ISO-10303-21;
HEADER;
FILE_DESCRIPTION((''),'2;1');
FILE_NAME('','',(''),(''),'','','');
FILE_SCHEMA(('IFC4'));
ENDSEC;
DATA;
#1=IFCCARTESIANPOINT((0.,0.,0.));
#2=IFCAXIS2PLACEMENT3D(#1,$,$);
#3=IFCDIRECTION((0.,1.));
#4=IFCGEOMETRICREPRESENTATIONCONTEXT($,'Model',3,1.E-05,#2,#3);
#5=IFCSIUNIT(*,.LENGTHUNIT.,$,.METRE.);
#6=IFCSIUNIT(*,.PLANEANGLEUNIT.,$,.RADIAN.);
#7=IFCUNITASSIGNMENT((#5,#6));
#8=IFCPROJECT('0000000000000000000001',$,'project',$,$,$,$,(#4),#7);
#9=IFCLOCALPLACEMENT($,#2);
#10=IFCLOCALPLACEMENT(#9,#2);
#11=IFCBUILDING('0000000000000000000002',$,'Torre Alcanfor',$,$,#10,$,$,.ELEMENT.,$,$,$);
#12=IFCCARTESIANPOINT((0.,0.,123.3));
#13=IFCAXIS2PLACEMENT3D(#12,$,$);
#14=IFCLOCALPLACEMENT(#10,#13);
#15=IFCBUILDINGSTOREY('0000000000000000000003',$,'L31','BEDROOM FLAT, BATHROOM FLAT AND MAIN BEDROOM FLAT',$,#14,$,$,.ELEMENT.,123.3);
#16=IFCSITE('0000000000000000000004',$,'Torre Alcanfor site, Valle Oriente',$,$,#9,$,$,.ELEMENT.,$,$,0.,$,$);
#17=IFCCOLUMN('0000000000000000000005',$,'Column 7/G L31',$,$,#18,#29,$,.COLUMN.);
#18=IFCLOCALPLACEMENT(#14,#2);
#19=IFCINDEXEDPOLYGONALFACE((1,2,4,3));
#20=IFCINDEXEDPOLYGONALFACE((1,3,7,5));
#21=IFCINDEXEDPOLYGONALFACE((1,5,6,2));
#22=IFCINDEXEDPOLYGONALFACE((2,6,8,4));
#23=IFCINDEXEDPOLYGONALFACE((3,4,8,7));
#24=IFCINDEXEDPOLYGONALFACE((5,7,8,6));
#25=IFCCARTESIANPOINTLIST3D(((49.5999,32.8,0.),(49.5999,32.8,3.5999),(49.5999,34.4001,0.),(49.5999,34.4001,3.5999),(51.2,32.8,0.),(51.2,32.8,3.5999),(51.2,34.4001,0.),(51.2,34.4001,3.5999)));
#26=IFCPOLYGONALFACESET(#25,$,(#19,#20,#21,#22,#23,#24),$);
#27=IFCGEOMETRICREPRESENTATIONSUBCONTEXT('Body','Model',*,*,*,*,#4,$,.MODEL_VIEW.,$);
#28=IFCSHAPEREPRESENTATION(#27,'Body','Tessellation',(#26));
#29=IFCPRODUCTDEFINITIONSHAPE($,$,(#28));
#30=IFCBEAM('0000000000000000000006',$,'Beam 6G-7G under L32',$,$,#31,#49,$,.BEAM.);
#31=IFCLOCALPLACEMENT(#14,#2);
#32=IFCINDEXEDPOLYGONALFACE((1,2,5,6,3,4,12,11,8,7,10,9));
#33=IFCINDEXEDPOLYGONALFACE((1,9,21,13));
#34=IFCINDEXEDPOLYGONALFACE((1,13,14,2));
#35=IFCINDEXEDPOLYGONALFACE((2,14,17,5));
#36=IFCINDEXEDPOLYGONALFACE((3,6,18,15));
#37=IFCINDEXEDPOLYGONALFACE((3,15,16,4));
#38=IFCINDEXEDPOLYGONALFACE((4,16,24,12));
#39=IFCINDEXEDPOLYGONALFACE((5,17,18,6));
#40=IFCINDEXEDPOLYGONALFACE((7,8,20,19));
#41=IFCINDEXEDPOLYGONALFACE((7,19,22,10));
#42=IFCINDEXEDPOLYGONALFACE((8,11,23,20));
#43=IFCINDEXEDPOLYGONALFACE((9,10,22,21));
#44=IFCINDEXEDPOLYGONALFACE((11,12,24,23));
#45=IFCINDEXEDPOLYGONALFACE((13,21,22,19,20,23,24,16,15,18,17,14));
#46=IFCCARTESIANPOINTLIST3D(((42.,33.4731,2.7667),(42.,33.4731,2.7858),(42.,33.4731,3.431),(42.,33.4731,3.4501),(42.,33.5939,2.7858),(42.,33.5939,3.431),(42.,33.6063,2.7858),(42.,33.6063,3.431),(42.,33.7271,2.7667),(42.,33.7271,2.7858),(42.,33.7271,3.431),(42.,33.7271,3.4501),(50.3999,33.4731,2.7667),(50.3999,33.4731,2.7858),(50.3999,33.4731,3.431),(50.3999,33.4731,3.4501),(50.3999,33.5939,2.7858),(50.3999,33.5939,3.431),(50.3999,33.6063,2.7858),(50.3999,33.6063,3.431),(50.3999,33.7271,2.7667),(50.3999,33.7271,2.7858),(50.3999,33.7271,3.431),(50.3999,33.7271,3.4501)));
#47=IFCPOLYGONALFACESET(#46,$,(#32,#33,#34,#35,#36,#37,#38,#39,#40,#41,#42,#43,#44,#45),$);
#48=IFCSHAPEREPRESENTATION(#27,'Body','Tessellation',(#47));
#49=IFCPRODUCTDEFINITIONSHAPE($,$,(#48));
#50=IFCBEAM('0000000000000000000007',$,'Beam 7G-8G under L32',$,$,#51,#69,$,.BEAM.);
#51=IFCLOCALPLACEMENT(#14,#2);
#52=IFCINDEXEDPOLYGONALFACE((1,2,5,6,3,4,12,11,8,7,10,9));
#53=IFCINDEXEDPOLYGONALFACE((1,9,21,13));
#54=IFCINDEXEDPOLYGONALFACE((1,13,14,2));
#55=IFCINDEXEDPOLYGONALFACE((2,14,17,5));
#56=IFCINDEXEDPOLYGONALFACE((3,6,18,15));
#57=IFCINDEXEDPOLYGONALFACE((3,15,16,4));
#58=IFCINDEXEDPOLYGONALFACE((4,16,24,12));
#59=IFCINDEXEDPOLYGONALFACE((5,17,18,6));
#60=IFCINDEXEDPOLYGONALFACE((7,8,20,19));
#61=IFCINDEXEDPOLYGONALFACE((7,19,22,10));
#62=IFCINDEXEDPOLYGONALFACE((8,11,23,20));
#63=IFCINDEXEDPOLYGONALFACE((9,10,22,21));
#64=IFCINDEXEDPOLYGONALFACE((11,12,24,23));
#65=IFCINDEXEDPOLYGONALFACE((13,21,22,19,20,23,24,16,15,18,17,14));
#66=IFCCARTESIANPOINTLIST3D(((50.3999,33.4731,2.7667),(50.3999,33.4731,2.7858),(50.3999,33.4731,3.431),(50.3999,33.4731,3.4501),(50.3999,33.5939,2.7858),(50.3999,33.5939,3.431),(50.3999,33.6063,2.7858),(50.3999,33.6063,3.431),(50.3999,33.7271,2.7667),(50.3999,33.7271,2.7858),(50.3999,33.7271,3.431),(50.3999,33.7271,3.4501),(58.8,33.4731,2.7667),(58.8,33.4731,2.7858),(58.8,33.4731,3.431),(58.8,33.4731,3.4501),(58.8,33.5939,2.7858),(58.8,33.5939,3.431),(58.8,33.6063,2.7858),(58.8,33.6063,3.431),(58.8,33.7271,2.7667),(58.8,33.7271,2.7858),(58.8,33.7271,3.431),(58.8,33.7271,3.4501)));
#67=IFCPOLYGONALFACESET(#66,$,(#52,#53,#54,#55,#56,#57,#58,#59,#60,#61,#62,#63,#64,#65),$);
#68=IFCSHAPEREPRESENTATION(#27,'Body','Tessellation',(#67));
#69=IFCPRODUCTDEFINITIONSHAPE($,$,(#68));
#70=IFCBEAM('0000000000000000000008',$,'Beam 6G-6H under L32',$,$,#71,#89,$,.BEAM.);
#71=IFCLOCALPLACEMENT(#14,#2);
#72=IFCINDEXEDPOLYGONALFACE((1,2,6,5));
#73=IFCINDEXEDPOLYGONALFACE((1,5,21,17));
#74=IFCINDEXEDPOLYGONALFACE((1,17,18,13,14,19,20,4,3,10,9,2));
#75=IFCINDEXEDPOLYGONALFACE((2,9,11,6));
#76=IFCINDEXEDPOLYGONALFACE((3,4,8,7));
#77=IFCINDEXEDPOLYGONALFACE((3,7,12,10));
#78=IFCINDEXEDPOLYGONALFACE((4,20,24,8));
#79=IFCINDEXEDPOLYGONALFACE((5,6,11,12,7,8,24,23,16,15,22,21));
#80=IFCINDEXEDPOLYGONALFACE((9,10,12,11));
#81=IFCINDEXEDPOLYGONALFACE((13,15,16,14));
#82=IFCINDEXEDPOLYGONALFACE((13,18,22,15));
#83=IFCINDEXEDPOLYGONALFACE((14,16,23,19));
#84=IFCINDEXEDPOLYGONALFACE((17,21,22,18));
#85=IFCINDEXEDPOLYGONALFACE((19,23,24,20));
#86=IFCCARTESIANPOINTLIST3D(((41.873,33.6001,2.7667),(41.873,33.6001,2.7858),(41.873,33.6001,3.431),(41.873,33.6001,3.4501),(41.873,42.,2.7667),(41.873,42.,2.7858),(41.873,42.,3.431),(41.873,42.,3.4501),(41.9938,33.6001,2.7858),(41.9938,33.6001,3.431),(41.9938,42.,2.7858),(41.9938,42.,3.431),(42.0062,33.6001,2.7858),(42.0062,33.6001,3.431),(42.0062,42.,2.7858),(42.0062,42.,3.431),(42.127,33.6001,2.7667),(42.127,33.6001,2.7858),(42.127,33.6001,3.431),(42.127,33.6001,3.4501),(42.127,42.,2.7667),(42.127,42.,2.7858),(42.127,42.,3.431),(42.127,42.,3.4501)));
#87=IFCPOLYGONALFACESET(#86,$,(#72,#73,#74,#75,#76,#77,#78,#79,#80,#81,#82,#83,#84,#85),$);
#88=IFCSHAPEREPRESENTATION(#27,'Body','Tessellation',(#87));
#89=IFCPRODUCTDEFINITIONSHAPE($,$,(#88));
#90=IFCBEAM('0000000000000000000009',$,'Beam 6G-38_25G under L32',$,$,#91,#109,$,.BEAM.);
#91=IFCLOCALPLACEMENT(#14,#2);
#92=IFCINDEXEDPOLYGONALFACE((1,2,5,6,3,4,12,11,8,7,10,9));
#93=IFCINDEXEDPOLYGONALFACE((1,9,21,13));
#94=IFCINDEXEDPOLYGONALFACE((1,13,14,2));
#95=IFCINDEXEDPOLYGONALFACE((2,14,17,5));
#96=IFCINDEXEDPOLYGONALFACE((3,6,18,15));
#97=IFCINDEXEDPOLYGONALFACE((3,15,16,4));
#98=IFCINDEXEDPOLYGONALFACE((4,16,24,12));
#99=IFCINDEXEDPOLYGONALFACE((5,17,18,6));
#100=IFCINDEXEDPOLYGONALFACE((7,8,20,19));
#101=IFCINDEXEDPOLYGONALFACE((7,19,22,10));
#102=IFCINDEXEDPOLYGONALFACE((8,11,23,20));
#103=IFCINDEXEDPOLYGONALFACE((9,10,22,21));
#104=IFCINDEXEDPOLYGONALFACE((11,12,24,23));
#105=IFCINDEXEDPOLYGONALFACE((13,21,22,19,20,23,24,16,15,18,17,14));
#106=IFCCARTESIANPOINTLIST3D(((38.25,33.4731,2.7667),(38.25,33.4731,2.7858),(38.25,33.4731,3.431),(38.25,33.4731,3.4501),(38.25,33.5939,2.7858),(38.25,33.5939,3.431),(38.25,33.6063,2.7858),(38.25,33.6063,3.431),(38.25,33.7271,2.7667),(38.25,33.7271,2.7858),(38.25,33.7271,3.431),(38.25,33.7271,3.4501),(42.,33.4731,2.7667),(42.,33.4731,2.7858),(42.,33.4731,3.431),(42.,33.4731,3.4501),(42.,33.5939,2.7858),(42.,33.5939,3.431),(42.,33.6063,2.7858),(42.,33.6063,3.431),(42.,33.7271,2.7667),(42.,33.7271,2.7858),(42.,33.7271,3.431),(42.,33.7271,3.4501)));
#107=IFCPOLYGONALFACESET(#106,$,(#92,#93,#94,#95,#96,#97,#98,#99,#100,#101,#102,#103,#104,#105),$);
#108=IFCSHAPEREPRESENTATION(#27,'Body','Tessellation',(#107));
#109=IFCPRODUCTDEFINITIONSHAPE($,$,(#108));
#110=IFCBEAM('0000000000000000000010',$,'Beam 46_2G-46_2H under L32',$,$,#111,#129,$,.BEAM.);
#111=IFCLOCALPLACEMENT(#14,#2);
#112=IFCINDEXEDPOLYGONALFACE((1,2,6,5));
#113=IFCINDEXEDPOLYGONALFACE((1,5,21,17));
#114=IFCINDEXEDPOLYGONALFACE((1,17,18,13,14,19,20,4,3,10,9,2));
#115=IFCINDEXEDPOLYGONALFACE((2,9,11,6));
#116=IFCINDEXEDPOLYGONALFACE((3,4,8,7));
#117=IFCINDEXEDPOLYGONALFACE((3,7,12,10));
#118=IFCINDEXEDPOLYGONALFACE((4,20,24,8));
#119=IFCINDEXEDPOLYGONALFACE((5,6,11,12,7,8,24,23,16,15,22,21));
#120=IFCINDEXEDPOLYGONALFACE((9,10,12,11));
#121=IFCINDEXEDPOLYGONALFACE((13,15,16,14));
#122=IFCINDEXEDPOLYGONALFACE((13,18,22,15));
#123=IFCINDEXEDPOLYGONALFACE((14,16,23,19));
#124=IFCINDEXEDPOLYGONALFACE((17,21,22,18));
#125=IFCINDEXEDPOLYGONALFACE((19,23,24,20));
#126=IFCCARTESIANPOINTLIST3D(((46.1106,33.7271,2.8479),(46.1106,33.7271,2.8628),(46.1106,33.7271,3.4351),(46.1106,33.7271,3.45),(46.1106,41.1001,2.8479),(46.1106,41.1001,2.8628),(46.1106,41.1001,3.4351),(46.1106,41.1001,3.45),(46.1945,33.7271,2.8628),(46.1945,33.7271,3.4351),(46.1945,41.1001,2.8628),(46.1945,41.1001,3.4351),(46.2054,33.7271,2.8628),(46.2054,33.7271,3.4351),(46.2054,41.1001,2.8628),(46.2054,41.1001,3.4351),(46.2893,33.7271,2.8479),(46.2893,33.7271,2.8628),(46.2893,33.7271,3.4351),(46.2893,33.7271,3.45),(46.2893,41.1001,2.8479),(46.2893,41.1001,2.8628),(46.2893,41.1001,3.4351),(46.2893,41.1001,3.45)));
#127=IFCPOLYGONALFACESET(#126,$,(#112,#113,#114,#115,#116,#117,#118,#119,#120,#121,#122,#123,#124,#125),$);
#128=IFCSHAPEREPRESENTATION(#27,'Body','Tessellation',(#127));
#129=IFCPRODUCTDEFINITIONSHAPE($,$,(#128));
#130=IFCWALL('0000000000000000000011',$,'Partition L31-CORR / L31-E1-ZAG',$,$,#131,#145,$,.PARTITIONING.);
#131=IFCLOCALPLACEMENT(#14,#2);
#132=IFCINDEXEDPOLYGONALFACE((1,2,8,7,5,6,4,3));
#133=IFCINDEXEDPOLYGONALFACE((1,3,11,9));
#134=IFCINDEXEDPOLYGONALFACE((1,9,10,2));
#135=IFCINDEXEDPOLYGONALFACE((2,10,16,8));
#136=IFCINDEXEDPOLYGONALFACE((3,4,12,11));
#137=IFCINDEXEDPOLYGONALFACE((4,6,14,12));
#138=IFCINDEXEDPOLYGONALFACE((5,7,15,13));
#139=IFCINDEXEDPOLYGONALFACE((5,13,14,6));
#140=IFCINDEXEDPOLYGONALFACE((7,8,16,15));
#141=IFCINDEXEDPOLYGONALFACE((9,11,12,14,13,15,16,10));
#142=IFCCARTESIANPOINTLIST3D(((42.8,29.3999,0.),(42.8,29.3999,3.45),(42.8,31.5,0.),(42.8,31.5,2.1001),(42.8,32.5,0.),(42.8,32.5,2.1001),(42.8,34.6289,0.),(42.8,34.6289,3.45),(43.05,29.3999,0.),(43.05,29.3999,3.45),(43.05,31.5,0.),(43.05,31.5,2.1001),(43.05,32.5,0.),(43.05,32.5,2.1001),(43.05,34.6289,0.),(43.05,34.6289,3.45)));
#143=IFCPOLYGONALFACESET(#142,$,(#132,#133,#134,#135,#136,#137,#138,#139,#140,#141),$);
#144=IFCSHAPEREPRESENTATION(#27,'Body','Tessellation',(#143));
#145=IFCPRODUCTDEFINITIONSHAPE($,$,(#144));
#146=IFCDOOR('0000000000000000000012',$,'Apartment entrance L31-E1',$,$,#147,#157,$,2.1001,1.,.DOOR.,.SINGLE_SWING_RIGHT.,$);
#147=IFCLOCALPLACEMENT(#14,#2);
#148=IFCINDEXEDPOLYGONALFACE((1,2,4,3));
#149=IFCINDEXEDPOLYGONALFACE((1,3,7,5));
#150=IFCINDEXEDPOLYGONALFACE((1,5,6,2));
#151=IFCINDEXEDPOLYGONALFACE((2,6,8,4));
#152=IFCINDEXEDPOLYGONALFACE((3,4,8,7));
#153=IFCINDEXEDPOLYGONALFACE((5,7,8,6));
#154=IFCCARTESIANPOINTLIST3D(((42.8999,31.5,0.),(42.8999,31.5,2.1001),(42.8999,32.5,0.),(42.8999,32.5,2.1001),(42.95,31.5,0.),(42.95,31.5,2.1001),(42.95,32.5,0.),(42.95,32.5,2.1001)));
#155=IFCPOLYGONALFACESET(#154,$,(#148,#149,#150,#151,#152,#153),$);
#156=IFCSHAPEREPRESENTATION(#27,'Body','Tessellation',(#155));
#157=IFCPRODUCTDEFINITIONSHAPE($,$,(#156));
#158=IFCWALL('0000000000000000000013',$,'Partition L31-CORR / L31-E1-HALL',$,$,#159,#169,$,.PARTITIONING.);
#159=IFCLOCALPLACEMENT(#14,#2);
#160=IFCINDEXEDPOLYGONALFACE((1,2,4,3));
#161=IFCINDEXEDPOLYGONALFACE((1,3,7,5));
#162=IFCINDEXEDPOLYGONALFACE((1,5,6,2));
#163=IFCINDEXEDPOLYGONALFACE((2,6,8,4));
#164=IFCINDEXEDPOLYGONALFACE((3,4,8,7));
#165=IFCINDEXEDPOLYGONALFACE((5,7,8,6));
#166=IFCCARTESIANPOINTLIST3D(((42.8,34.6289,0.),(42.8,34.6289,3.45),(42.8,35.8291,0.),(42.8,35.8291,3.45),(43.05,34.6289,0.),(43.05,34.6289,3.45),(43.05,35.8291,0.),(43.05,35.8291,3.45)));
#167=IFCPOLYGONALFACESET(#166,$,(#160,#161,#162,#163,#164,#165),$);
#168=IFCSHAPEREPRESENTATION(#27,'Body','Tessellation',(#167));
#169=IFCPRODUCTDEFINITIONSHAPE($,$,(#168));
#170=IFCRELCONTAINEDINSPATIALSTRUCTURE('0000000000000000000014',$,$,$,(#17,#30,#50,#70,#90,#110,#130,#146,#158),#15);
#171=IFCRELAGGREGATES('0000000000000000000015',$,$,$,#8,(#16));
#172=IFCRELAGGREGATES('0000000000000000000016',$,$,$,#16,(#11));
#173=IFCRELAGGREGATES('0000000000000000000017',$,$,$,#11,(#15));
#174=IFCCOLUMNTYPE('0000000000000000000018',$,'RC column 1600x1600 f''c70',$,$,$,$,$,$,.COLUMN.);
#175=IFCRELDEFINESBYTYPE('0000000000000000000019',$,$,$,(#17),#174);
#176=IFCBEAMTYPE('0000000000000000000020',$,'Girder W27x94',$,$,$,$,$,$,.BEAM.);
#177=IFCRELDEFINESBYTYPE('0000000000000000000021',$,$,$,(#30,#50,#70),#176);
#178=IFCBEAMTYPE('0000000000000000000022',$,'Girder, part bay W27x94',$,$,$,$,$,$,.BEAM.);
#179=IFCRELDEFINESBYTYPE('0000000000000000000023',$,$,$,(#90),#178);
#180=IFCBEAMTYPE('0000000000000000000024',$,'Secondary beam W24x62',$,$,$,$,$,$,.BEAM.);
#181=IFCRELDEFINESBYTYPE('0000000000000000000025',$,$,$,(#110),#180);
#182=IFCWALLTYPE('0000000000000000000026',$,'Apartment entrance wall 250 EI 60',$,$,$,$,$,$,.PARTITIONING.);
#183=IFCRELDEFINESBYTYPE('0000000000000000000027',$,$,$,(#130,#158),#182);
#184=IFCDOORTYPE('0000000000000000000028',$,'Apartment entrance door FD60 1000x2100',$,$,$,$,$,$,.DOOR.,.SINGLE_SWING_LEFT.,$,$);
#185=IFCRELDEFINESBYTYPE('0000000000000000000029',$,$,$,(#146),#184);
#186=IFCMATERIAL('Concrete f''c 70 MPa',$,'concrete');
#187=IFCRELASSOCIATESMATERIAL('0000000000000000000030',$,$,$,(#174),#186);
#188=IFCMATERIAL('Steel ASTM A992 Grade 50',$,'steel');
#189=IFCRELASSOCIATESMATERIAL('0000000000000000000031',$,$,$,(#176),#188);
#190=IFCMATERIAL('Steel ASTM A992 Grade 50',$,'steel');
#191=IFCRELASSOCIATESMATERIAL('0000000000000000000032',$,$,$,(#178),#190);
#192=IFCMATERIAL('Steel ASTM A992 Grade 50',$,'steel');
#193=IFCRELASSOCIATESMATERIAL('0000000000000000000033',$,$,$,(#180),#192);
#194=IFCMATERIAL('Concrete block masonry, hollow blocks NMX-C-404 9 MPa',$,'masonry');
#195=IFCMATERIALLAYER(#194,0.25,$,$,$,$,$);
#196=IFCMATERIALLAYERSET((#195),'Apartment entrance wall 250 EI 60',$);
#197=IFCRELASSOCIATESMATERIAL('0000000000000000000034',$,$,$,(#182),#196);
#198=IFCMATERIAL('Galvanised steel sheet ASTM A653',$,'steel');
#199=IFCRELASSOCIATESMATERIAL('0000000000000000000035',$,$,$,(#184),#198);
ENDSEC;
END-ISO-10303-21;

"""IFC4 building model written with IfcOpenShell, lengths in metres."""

from ifc_helpers import new_model, si_unit, direction, frame, frame_2d, origin, origin_2d, place, context, subcontext, project, spatial, rectangle, i_section, extrude, material, layer, layer_set, material_profile, profile_set, type_object, element, fill, save


model = new_model("IFC4")

# Units and contexts
model_context = context("Model", 3, precision=1e-05, world=origin(), true_north=direction((0.0, 1.0)))
body_context = subcontext(model_context, "Body", "Model", "MODEL_VIEW")
ifc_project = project(units=[si_unit("LENGTHUNIT", "METRE"), si_unit("PLANEANGLEUNIT", "RADIAN")], contexts=[model_context])

# Site, building, storey
site_placement = place(None, origin())
site = spatial("IfcSite", under=ifc_project, at=site_placement, Name="Torre Alcanfor site, Valle Oriente", CompositionType="ELEMENT", RefElevation=0.0)
building_placement = place(site_placement, origin())
building = spatial("IfcBuilding", under=site, at=building_placement, Name="Torre Alcanfor", CompositionType="ELEMENT")
storey_placement = place(building_placement, frame((0.0, 0.0, 123.3)))
storey = spatial("IfcBuildingStorey", under=building, at=storey_placement, Name="L31", Description="BEDROOM FLAT, BATHROOM FLAT AND MAIN BEDROOM FLAT", CompositionType="ELEMENT", Elevation=123.3)

# Column
ifc_material_1 = material(Name="Concrete f'c 70 MPa", Category="concrete")
ifc_material_profile_1 = material_profile(ifc_material_1, rectangle(XDim=1.6001, YDim=1.6001, at=origin_2d()), Name="1600x1600")
ifc_profile_set_1 = profile_set([ifc_material_profile_1], Name="Concrete f'c 70 MPa")
column_type = type_object("IfcColumnType", Name="RC column 1600x1600 f'c70", PredefinedType="COLUMN", material=ifc_profile_set_1)
column_placement = place(storey_placement, frame((50.3999, 33.6001, 0.0), z_axis=(0.0, 0.0, 1.0), x_axis=(1.0, 0.0, 0.0)))
element("IfcColumn", 1, at=column_placement, inside=storey, type_object=column_type, Name="Column 7/G L31", PredefinedType="COLUMN", context=body_context, shape_type="SweptSolid", body=[
    extrude(rectangle(XDim=1.6001, YDim=1.6001, at=origin_2d()), origin(), (0.0, 0.0, 1.0), 3.5999),
])

# Beams
ifc_material_2 = material(Name="Steel ASTM A992 Grade 50", Category="steel")
ifc_material_profile_2 = material_profile(ifc_material_2, i_section(OverallWidth=0.2539, OverallDepth=0.6833, WebThickness=0.0125, FlangeThickness=0.019, at=origin_2d()), Name="W27x94")
ifc_profile_set_2 = profile_set([ifc_material_profile_2], Name="Steel ASTM A992 Grade 50")
beam_type_1 = type_object("IfcBeamType", Name="Girder W27x94", PredefinedType="BEAM", material=ifc_profile_set_2)
beam_1_placement = place(storey_placement, frame((42.0, 33.6001, 3.1084), z_axis=(1.0, 0.0, 0.0), x_axis=(0.0, 1.0, 0.0)))
element("IfcBeam", 2, at=beam_1_placement, inside=storey, type_object=beam_type_1, Name="Beam 6G-7G under L32", PredefinedType="BEAM", context=body_context, shape_type="SweptSolid", body=[
    extrude(i_section(OverallWidth=0.2539, OverallDepth=0.6833, WebThickness=0.0125, FlangeThickness=0.019, at=origin_2d()), origin(), (0.0, 0.0, 1.0), 8.3999),
])
beam_2_placement = place(storey_placement, frame((50.3999, 33.6001, 3.1084), z_axis=(1.0, 0.0, 0.0), x_axis=(0.0, 1.0, 0.0)))
element("IfcBeam", 3, at=beam_2_placement, inside=storey, type_object=beam_type_1, Name="Beam 7G-8G under L32", PredefinedType="BEAM", context=body_context, shape_type="SweptSolid", body=[
    extrude(i_section(OverallWidth=0.2539, OverallDepth=0.6833, WebThickness=0.0125, FlangeThickness=0.019, at=origin_2d()), origin(), (0.0, 0.0, 1.0), 8.4001),
])
beam_3_placement = place(storey_placement, frame((42.0, 33.6001, 3.1084), z_axis=(0.0, 1.0, 0.0), x_axis=(-1.0, 0.0, 0.0)))
element("IfcBeam", 4, at=beam_3_placement, inside=storey, type_object=beam_type_1, Name="Beam 6G-6H under L32", PredefinedType="BEAM", context=body_context, shape_type="SweptSolid", body=[
    extrude(i_section(OverallWidth=0.2539, OverallDepth=0.6833, WebThickness=0.0125, FlangeThickness=0.019, at=origin_2d()), origin(), (0.0, 0.0, 1.0), 8.3999),
])
ifc_material_3 = material(Name="Steel ASTM A992 Grade 50", Category="steel")
ifc_material_profile_3 = material_profile(ifc_material_3, i_section(OverallWidth=0.2539, OverallDepth=0.6833, WebThickness=0.0125, FlangeThickness=0.019, at=origin_2d()), Name="W27x94")
ifc_profile_set_3 = profile_set([ifc_material_profile_3], Name="Steel ASTM A992 Grade 50")
beam_type_2 = type_object("IfcBeamType", Name="Girder, part bay W27x94", PredefinedType="BEAM", material=ifc_profile_set_3)
beam_4_placement = place(storey_placement, frame((42.0, 33.6001, 3.1084), z_axis=(-1.0, 0.0, 0.0), x_axis=(0.0, -1.0, 0.0)))
element("IfcBeam", 5, at=beam_4_placement, inside=storey, type_object=beam_type_2, Name="Beam 6G-38_25G under L32", PredefinedType="BEAM", context=body_context, shape_type="SweptSolid", body=[
    extrude(i_section(OverallWidth=0.2539, OverallDepth=0.6833, WebThickness=0.0125, FlangeThickness=0.019, at=origin_2d()), origin(), (0.0, 0.0, 1.0), 3.75),
])
ifc_material_4 = material(Name="Steel ASTM A992 Grade 50", Category="steel")
ifc_material_profile_4 = material_profile(ifc_material_4, i_section(OverallWidth=0.1787, OverallDepth=0.6021, WebThickness=0.011, FlangeThickness=0.0149, at=origin_2d()), Name="W24x62")
ifc_profile_set_4 = profile_set([ifc_material_profile_4], Name="Steel ASTM A992 Grade 50")
beam_type_3 = type_object("IfcBeamType", Name="Secondary beam W24x62", PredefinedType="BEAM", material=ifc_profile_set_4)
beam_5_placement = place(storey_placement, frame((46.2, 33.7271, 3.1489), z_axis=(0.0, 1.0, 0.0), x_axis=(-1.0, 0.0, 0.0)))
element("IfcBeam", 6, at=beam_5_placement, inside=storey, type_object=beam_type_3, Name="Beam 46_2G-46_2H under L32", PredefinedType="BEAM", context=body_context, shape_type="SweptSolid", body=[
    extrude(i_section(OverallWidth=0.1787, OverallDepth=0.6021, WebThickness=0.011, FlangeThickness=0.0149, at=origin_2d()), origin(), (0.0, 0.0, 1.0), 7.373),
])

# Wall, opening, door
ifc_material_5 = material(Name="Concrete block masonry, hollow blocks NMX-C-404 9 MPa", Category="masonry")
ifc_layer_1 = layer(ifc_material_5, 0.25)
ifc_layer_set_1 = layer_set([ifc_layer_1], Name="Apartment entrance wall 250 EI 60")
wall_type_1 = type_object("IfcWallType", Name="Apartment entrance wall 250 EI 60", PredefinedType="PARTITIONING", material=ifc_layer_set_1)
wall_1_placement = place(storey_placement, frame((42.925, 34.6289, 0.0), z_axis=(0.0, 0.0, 1.0), x_axis=(0.0, -1.0, 0.0)))
wall_1 = element("IfcWall", 7, at=wall_1_placement, inside=storey, type_object=wall_type_1, Name="Partition L31-CORR / L31-E1-ZAG", PredefinedType="PARTITIONING", context=body_context, shape_type="SweptSolid", body=[
    extrude(rectangle(XDim=5.229, YDim=0.25, at=frame_2d((2.6145, 0.0))), origin(), (0.0, 0.0, 1.0), 3.45),
])
opening_1_placement = place(wall_1_placement, frame((2.1289, 0.0, 0.0)))
opening_1 = element("IfcOpeningElement", 8, at=opening_1_placement, cuts=wall_1, PredefinedType="OPENING", context=body_context, shape_type="SweptSolid", body=[
    extrude(rectangle(XDim=1.0, YDim=2.1001, at=frame_2d((0.5, 1.05))), frame((0.0, 0.135, 0.0), z_axis=(0.0, -1.0, 0.0), x_axis=(1.0, 0.0, 0.0)), (0.0, 0.0, 1.0), 0.27),
])
ifc_material_6 = material(Name="Galvanised steel sheet ASTM A653", Category="steel")
door_type_1 = type_object("IfcDoorType", Name="Apartment entrance door FD60 1000x2100", OperationType="SINGLE_SWING_LEFT", PredefinedType="DOOR", material=ifc_material_6)
door_1_placement = place(opening_1_placement, origin())
door_1 = element("IfcDoor", 9, at=door_1_placement, inside=storey, type_object=door_type_1, Name="Apartment entrance L31-E1", OperationType="SINGLE_SWING_RIGHT", OverallHeight=2.1001, OverallWidth=1.0, PredefinedType="DOOR", context=body_context, shape_type="SweptSolid", body=[
    extrude(rectangle(XDim=1.0, YDim=2.1001, at=frame_2d((0.5, 1.05))), frame((0.0, 0.0249, 0.0), z_axis=(0.0, -1.0, 0.0), x_axis=(1.0, 0.0, 0.0)), (0.0, 0.0, 1.0), 0.05),
])
fill(opening_1, door_1)

# Wall
wall_2_placement = place(storey_placement, frame((42.925, 35.8291, 0.0), z_axis=(0.0, 0.0, 1.0), x_axis=(0.0, -1.0, 0.0)))
element("IfcWall", 10, at=wall_2_placement, inside=storey, type_object=wall_type_1, Name="Partition L31-CORR / L31-E1-HALL", PredefinedType="PARTITIONING", context=body_context, shape_type="SweptSolid", body=[
    extrude(rectangle(XDim=1.2002, YDim=0.25, at=frame_2d((0.6001, 0.0))), origin(), (0.0, 0.0, 1.0), 3.45),
])

save(model, "model.ifc")
